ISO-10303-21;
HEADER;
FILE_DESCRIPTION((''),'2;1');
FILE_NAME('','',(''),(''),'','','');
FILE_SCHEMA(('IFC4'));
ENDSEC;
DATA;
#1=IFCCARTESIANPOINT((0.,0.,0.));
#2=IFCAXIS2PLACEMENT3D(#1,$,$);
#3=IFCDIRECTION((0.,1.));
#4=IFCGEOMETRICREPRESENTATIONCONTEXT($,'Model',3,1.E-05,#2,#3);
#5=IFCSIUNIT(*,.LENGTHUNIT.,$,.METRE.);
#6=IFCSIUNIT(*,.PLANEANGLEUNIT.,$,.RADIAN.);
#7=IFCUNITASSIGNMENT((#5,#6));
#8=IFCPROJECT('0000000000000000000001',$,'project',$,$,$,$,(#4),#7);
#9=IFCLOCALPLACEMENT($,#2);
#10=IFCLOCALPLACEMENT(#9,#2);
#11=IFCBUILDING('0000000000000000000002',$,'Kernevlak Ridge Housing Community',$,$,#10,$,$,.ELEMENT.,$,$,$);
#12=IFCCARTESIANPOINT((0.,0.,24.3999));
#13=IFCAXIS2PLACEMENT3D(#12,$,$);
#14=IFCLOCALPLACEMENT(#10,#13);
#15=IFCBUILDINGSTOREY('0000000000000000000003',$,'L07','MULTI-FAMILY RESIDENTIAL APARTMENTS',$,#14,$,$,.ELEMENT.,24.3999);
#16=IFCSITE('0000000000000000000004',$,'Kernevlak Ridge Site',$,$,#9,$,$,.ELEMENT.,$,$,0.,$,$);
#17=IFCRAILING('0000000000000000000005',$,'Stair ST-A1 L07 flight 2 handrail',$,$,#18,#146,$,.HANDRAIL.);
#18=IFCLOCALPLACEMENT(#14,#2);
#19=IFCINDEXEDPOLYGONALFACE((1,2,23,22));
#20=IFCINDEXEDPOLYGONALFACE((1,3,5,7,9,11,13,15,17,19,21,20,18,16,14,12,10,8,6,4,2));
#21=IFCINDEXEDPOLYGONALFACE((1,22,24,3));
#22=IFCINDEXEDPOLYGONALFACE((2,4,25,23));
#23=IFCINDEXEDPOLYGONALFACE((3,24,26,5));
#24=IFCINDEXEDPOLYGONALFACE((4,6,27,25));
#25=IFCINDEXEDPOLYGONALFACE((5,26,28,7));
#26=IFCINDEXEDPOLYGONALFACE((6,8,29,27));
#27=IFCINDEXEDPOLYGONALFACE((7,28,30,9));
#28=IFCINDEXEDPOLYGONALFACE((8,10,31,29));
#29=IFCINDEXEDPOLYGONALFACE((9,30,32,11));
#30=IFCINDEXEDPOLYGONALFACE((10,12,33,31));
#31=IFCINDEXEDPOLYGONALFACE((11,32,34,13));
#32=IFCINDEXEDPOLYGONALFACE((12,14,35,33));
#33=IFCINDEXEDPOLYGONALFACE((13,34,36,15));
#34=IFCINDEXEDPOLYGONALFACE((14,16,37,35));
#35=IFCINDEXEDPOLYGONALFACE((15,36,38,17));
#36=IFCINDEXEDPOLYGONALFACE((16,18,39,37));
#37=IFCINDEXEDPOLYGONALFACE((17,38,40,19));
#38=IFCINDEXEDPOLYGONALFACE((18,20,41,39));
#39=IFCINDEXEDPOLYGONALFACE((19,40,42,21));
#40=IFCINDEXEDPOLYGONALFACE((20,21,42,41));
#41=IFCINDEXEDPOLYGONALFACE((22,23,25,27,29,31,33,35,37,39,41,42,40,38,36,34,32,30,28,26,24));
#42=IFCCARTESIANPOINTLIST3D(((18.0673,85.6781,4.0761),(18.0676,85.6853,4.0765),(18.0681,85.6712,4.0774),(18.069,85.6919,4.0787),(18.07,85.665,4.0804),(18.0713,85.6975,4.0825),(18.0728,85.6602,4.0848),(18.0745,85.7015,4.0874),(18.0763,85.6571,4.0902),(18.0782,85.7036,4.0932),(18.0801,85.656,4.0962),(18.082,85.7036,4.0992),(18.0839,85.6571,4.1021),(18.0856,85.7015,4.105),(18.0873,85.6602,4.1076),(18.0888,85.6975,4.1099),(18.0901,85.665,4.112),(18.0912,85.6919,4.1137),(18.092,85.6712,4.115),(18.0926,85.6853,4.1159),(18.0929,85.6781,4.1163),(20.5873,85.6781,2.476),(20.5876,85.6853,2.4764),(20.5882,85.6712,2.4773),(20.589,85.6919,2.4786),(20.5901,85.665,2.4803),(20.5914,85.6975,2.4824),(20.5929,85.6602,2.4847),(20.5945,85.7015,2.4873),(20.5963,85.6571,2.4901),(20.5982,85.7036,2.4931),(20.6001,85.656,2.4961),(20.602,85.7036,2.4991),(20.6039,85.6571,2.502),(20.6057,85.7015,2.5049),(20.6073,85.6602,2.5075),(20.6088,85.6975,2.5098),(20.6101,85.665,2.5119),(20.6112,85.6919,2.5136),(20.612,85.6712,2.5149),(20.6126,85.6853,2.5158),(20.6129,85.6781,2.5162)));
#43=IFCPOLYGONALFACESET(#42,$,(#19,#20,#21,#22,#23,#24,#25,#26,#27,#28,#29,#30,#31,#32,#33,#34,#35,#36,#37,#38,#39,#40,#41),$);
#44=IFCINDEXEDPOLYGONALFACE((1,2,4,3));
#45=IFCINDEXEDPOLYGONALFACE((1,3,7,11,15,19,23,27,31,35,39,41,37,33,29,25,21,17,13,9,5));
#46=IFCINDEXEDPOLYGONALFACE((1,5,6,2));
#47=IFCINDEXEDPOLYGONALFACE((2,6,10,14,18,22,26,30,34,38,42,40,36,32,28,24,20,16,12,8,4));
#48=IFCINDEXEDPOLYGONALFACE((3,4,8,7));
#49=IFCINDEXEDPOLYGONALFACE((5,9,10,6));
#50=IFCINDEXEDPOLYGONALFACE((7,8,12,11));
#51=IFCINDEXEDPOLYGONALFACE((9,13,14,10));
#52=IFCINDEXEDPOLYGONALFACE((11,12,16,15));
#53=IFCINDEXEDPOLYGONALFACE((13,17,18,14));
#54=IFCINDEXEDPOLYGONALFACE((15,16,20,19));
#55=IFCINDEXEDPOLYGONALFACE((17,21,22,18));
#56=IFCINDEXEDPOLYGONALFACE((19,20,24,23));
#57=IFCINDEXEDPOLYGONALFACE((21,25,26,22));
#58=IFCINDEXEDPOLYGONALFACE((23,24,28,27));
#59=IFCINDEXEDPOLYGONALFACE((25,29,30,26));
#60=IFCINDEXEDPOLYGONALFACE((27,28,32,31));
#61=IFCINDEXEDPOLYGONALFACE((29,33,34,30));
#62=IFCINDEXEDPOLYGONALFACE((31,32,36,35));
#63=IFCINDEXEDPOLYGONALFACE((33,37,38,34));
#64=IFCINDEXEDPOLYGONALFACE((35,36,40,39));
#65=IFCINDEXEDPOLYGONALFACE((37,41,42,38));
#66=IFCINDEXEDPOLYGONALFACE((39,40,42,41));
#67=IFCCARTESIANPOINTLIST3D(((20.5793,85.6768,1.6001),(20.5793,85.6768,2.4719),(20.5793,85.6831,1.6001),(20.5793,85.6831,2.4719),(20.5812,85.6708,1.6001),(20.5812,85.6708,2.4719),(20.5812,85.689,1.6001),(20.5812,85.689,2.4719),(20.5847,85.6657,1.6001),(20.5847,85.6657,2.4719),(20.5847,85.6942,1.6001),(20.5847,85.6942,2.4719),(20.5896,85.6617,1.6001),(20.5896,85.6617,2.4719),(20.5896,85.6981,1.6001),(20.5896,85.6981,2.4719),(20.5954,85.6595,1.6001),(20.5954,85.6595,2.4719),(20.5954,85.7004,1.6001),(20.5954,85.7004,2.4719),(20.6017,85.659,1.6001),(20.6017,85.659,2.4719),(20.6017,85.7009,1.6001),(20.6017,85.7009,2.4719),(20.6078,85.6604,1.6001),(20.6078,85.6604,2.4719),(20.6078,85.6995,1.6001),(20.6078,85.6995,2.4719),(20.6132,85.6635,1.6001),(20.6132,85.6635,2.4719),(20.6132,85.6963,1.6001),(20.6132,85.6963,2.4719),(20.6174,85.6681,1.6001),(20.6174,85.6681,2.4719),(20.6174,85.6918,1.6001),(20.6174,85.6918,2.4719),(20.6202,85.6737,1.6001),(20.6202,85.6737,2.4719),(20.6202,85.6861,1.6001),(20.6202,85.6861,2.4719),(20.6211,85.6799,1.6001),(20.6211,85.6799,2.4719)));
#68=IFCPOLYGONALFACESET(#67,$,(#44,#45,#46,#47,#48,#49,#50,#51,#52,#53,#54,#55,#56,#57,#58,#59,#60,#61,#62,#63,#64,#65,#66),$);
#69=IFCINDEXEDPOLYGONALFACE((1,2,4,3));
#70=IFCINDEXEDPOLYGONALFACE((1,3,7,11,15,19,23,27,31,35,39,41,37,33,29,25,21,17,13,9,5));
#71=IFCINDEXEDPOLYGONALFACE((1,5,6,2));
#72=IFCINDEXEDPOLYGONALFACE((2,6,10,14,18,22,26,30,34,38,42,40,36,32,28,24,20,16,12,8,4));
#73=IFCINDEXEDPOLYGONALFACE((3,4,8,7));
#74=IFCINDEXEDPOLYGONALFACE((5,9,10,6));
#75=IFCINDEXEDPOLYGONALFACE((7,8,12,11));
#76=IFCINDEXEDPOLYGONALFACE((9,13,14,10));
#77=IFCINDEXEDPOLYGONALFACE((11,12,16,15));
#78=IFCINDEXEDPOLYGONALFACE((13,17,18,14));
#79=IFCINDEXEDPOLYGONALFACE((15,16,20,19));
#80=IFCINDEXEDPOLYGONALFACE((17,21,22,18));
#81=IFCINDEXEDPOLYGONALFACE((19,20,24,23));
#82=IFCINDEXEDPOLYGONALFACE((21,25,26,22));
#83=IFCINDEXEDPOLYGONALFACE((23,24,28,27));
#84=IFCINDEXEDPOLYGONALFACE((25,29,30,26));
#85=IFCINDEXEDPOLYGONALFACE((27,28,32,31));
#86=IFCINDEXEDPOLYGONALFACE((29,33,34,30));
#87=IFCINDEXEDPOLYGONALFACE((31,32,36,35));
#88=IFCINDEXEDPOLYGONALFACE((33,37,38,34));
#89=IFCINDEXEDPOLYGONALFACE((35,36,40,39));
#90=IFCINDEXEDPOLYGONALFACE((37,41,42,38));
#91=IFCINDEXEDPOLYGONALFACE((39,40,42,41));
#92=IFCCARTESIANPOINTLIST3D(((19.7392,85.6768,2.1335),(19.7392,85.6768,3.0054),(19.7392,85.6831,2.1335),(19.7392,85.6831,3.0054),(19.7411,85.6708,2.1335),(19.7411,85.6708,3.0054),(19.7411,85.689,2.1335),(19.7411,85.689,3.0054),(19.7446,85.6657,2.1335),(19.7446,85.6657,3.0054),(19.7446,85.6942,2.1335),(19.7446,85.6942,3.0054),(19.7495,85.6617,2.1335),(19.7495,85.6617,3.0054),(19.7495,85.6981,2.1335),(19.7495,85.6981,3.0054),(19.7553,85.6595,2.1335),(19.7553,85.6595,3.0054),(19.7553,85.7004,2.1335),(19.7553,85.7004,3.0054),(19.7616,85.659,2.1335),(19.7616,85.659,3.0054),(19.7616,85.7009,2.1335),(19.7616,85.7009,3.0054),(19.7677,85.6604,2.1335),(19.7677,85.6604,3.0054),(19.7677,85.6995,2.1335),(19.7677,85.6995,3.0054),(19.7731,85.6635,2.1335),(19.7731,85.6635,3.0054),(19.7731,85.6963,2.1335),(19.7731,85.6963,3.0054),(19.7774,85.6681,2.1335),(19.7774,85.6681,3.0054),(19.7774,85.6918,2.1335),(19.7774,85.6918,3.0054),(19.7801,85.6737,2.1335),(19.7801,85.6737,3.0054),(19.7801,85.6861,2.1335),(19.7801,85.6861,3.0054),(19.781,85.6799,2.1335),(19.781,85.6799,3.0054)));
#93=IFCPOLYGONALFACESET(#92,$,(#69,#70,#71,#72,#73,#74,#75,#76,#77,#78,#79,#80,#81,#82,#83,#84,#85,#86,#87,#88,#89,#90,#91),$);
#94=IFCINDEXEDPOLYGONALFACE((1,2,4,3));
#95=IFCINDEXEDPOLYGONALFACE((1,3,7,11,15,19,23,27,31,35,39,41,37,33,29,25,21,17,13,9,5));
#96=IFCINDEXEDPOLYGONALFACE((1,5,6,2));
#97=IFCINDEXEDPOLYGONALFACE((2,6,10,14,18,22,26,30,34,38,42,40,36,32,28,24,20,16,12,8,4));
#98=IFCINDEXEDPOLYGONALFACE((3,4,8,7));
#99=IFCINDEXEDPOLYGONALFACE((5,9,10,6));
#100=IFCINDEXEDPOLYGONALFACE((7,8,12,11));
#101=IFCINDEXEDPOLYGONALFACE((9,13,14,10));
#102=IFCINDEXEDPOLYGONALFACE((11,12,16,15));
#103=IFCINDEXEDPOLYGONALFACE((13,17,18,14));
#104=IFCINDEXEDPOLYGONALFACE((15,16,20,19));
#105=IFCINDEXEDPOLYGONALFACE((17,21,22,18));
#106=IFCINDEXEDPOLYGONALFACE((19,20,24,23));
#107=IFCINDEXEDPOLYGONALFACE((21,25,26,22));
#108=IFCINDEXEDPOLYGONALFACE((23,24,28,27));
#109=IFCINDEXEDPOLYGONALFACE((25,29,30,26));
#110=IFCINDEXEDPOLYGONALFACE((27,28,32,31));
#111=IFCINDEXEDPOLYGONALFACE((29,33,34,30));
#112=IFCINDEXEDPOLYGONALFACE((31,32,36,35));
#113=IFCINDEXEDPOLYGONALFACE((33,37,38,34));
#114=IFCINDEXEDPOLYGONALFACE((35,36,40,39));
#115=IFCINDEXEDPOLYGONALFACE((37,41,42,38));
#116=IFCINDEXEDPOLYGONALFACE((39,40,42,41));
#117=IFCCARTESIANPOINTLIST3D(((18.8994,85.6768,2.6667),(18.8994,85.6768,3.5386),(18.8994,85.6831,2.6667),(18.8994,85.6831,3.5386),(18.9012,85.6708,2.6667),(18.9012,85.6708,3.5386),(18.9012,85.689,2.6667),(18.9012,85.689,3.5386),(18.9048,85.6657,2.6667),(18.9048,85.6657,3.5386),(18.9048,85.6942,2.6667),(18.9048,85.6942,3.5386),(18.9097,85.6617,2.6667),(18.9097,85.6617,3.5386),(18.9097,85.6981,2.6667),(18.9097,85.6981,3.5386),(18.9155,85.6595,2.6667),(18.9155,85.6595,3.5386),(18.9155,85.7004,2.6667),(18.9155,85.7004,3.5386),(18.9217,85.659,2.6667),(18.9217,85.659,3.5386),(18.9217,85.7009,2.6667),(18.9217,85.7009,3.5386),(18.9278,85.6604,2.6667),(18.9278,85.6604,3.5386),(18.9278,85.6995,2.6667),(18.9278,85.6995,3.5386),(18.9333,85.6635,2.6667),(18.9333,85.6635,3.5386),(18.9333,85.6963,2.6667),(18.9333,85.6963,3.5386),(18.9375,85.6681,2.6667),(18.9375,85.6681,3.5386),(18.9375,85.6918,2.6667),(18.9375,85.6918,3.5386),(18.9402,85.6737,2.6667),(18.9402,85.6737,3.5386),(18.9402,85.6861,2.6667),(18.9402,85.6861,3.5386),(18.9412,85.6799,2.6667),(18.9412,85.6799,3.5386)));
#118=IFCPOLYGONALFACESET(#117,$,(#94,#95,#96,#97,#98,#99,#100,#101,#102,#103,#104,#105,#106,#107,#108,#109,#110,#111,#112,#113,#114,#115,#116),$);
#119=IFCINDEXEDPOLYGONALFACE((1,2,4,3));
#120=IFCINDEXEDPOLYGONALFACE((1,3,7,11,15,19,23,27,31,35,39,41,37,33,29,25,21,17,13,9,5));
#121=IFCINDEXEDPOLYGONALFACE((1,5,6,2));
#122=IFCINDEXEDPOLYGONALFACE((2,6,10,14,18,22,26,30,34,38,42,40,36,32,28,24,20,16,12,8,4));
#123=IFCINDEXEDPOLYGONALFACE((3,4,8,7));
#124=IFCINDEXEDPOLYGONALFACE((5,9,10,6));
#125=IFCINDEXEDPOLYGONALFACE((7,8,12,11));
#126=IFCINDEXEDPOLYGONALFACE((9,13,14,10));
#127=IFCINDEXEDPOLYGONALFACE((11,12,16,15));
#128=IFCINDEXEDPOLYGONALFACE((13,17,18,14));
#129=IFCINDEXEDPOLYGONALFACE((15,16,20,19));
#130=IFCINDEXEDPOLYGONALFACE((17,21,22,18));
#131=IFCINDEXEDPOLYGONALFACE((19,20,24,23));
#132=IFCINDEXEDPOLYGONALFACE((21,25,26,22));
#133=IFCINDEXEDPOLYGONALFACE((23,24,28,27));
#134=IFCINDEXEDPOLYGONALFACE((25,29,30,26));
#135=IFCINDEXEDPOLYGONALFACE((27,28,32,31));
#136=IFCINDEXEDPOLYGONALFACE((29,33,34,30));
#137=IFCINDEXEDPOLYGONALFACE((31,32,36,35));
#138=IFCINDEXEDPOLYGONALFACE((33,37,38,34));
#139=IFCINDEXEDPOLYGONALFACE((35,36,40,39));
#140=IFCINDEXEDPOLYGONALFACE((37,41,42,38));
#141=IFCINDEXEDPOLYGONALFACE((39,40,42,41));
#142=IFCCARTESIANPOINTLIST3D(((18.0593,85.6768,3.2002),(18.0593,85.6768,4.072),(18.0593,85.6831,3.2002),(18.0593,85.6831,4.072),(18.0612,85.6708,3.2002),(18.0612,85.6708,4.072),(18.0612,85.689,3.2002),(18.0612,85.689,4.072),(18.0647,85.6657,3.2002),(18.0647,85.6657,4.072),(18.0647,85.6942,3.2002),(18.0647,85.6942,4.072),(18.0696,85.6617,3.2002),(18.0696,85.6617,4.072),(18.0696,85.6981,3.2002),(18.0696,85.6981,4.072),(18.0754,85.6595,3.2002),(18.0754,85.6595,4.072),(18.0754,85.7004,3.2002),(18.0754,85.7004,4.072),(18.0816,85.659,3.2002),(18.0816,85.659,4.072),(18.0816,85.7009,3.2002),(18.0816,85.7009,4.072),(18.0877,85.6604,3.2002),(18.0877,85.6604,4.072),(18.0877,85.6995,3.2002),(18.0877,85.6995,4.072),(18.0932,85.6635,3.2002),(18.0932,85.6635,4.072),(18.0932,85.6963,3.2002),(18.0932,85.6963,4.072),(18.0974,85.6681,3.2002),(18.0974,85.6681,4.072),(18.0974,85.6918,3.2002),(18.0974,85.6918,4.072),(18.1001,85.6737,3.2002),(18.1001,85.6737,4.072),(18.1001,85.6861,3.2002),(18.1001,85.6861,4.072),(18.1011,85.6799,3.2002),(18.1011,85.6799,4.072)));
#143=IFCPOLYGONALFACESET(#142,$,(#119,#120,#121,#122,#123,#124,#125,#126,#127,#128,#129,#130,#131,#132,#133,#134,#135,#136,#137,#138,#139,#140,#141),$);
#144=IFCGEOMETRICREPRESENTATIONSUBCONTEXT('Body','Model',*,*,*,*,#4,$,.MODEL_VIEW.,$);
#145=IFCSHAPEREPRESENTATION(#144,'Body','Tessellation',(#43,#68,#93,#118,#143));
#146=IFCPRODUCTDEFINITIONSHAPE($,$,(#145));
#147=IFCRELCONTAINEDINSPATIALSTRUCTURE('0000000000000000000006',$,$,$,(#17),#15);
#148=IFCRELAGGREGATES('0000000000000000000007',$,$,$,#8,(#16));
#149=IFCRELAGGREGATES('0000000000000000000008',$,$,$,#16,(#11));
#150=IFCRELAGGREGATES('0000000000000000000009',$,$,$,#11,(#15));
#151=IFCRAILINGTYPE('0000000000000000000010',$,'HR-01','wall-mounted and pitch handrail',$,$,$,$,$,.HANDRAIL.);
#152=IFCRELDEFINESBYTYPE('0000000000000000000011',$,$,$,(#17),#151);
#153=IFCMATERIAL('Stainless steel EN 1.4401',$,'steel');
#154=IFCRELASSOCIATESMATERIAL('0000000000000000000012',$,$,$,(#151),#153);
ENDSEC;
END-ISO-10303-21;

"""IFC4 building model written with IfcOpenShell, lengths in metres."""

from ifc_helpers import new_model, si_unit, direction, frame, origin, origin_2d, place, context, subcontext, project, spatial, circle, extrude, material, type_object, element, save


model = new_model("IFC4")

# Units and contexts
model_context = context("Model", 3, precision=1e-05, world=origin(), true_north=direction((0.0, 1.0)))
body_context = subcontext(model_context, "Body", "Model", "MODEL_VIEW")
ifc_project = project(units=[si_unit("LENGTHUNIT", "METRE"), si_unit("PLANEANGLEUNIT", "RADIAN")], contexts=[model_context])

# Site, building, storey
site_placement = place(None, origin())
site = spatial("IfcSite", under=ifc_project, at=site_placement, Name="Kernevlak Ridge Site", CompositionType="ELEMENT", RefElevation=0.0)
building_placement = place(site_placement, origin())
building = spatial("IfcBuilding", under=site, at=building_placement, Name="Kernevlak Ridge Housing Community", CompositionType="ELEMENT")
storey_placement = place(building_placement, frame((0.0, 0.0, 24.3999)))
storey = spatial("IfcBuildingStorey", under=building, at=storey_placement, Name="L07", Description="MULTI-FAMILY RESIDENTIAL APARTMENTS", CompositionType="ELEMENT", Elevation=24.3999)

# Railing
ifc_material_1 = material(Name="Stainless steel EN 1.4401", Category="steel")
railing_type = type_object("IfcRailingType", Name="HR-01", Description="wall-mounted and pitch handrail", PredefinedType="HANDRAIL", material=ifc_material_1)
railing_placement = place(storey_placement, frame((20.6001, 85.6799, 1.6001)))
element("IfcRailing", 1, at=railing_placement, inside=storey, type_object=railing_type, Name="Stair ST-A1 L07 flight 2 handrail", PredefinedType="HANDRAIL", context=body_context, shape_type="SweptSolid", body=[
    extrude(circle(Radius=0.0239, at=origin_2d()), frame((0.0, 0.0, 0.896), z_axis=(-0.8442, 0.0, 0.536028), x_axis=(0.0, -1.0, 0.0)), (0.0, 0.0, 1.0), 2.9851),
    extrude(circle(Radius=0.021, at=origin_2d()), origin(), (0.0, 0.0, 1.0), 0.8718),
    extrude(circle(Radius=0.021, at=origin_2d()), frame((-0.8401, 0.0, 0.5334)), (0.0, 0.0, 1.0), 0.8718),
    extrude(circle(Radius=0.021, at=origin_2d()), frame((-1.6799, 0.0, 1.0667)), (0.0, 0.0, 1.0), 0.8718),
    extrude(circle(Radius=0.021, at=origin_2d()), frame((-2.52, 0.0, 1.6001)), (0.0, 0.0, 1.0), 0.8718),
])

save(model, "model.ifc")
